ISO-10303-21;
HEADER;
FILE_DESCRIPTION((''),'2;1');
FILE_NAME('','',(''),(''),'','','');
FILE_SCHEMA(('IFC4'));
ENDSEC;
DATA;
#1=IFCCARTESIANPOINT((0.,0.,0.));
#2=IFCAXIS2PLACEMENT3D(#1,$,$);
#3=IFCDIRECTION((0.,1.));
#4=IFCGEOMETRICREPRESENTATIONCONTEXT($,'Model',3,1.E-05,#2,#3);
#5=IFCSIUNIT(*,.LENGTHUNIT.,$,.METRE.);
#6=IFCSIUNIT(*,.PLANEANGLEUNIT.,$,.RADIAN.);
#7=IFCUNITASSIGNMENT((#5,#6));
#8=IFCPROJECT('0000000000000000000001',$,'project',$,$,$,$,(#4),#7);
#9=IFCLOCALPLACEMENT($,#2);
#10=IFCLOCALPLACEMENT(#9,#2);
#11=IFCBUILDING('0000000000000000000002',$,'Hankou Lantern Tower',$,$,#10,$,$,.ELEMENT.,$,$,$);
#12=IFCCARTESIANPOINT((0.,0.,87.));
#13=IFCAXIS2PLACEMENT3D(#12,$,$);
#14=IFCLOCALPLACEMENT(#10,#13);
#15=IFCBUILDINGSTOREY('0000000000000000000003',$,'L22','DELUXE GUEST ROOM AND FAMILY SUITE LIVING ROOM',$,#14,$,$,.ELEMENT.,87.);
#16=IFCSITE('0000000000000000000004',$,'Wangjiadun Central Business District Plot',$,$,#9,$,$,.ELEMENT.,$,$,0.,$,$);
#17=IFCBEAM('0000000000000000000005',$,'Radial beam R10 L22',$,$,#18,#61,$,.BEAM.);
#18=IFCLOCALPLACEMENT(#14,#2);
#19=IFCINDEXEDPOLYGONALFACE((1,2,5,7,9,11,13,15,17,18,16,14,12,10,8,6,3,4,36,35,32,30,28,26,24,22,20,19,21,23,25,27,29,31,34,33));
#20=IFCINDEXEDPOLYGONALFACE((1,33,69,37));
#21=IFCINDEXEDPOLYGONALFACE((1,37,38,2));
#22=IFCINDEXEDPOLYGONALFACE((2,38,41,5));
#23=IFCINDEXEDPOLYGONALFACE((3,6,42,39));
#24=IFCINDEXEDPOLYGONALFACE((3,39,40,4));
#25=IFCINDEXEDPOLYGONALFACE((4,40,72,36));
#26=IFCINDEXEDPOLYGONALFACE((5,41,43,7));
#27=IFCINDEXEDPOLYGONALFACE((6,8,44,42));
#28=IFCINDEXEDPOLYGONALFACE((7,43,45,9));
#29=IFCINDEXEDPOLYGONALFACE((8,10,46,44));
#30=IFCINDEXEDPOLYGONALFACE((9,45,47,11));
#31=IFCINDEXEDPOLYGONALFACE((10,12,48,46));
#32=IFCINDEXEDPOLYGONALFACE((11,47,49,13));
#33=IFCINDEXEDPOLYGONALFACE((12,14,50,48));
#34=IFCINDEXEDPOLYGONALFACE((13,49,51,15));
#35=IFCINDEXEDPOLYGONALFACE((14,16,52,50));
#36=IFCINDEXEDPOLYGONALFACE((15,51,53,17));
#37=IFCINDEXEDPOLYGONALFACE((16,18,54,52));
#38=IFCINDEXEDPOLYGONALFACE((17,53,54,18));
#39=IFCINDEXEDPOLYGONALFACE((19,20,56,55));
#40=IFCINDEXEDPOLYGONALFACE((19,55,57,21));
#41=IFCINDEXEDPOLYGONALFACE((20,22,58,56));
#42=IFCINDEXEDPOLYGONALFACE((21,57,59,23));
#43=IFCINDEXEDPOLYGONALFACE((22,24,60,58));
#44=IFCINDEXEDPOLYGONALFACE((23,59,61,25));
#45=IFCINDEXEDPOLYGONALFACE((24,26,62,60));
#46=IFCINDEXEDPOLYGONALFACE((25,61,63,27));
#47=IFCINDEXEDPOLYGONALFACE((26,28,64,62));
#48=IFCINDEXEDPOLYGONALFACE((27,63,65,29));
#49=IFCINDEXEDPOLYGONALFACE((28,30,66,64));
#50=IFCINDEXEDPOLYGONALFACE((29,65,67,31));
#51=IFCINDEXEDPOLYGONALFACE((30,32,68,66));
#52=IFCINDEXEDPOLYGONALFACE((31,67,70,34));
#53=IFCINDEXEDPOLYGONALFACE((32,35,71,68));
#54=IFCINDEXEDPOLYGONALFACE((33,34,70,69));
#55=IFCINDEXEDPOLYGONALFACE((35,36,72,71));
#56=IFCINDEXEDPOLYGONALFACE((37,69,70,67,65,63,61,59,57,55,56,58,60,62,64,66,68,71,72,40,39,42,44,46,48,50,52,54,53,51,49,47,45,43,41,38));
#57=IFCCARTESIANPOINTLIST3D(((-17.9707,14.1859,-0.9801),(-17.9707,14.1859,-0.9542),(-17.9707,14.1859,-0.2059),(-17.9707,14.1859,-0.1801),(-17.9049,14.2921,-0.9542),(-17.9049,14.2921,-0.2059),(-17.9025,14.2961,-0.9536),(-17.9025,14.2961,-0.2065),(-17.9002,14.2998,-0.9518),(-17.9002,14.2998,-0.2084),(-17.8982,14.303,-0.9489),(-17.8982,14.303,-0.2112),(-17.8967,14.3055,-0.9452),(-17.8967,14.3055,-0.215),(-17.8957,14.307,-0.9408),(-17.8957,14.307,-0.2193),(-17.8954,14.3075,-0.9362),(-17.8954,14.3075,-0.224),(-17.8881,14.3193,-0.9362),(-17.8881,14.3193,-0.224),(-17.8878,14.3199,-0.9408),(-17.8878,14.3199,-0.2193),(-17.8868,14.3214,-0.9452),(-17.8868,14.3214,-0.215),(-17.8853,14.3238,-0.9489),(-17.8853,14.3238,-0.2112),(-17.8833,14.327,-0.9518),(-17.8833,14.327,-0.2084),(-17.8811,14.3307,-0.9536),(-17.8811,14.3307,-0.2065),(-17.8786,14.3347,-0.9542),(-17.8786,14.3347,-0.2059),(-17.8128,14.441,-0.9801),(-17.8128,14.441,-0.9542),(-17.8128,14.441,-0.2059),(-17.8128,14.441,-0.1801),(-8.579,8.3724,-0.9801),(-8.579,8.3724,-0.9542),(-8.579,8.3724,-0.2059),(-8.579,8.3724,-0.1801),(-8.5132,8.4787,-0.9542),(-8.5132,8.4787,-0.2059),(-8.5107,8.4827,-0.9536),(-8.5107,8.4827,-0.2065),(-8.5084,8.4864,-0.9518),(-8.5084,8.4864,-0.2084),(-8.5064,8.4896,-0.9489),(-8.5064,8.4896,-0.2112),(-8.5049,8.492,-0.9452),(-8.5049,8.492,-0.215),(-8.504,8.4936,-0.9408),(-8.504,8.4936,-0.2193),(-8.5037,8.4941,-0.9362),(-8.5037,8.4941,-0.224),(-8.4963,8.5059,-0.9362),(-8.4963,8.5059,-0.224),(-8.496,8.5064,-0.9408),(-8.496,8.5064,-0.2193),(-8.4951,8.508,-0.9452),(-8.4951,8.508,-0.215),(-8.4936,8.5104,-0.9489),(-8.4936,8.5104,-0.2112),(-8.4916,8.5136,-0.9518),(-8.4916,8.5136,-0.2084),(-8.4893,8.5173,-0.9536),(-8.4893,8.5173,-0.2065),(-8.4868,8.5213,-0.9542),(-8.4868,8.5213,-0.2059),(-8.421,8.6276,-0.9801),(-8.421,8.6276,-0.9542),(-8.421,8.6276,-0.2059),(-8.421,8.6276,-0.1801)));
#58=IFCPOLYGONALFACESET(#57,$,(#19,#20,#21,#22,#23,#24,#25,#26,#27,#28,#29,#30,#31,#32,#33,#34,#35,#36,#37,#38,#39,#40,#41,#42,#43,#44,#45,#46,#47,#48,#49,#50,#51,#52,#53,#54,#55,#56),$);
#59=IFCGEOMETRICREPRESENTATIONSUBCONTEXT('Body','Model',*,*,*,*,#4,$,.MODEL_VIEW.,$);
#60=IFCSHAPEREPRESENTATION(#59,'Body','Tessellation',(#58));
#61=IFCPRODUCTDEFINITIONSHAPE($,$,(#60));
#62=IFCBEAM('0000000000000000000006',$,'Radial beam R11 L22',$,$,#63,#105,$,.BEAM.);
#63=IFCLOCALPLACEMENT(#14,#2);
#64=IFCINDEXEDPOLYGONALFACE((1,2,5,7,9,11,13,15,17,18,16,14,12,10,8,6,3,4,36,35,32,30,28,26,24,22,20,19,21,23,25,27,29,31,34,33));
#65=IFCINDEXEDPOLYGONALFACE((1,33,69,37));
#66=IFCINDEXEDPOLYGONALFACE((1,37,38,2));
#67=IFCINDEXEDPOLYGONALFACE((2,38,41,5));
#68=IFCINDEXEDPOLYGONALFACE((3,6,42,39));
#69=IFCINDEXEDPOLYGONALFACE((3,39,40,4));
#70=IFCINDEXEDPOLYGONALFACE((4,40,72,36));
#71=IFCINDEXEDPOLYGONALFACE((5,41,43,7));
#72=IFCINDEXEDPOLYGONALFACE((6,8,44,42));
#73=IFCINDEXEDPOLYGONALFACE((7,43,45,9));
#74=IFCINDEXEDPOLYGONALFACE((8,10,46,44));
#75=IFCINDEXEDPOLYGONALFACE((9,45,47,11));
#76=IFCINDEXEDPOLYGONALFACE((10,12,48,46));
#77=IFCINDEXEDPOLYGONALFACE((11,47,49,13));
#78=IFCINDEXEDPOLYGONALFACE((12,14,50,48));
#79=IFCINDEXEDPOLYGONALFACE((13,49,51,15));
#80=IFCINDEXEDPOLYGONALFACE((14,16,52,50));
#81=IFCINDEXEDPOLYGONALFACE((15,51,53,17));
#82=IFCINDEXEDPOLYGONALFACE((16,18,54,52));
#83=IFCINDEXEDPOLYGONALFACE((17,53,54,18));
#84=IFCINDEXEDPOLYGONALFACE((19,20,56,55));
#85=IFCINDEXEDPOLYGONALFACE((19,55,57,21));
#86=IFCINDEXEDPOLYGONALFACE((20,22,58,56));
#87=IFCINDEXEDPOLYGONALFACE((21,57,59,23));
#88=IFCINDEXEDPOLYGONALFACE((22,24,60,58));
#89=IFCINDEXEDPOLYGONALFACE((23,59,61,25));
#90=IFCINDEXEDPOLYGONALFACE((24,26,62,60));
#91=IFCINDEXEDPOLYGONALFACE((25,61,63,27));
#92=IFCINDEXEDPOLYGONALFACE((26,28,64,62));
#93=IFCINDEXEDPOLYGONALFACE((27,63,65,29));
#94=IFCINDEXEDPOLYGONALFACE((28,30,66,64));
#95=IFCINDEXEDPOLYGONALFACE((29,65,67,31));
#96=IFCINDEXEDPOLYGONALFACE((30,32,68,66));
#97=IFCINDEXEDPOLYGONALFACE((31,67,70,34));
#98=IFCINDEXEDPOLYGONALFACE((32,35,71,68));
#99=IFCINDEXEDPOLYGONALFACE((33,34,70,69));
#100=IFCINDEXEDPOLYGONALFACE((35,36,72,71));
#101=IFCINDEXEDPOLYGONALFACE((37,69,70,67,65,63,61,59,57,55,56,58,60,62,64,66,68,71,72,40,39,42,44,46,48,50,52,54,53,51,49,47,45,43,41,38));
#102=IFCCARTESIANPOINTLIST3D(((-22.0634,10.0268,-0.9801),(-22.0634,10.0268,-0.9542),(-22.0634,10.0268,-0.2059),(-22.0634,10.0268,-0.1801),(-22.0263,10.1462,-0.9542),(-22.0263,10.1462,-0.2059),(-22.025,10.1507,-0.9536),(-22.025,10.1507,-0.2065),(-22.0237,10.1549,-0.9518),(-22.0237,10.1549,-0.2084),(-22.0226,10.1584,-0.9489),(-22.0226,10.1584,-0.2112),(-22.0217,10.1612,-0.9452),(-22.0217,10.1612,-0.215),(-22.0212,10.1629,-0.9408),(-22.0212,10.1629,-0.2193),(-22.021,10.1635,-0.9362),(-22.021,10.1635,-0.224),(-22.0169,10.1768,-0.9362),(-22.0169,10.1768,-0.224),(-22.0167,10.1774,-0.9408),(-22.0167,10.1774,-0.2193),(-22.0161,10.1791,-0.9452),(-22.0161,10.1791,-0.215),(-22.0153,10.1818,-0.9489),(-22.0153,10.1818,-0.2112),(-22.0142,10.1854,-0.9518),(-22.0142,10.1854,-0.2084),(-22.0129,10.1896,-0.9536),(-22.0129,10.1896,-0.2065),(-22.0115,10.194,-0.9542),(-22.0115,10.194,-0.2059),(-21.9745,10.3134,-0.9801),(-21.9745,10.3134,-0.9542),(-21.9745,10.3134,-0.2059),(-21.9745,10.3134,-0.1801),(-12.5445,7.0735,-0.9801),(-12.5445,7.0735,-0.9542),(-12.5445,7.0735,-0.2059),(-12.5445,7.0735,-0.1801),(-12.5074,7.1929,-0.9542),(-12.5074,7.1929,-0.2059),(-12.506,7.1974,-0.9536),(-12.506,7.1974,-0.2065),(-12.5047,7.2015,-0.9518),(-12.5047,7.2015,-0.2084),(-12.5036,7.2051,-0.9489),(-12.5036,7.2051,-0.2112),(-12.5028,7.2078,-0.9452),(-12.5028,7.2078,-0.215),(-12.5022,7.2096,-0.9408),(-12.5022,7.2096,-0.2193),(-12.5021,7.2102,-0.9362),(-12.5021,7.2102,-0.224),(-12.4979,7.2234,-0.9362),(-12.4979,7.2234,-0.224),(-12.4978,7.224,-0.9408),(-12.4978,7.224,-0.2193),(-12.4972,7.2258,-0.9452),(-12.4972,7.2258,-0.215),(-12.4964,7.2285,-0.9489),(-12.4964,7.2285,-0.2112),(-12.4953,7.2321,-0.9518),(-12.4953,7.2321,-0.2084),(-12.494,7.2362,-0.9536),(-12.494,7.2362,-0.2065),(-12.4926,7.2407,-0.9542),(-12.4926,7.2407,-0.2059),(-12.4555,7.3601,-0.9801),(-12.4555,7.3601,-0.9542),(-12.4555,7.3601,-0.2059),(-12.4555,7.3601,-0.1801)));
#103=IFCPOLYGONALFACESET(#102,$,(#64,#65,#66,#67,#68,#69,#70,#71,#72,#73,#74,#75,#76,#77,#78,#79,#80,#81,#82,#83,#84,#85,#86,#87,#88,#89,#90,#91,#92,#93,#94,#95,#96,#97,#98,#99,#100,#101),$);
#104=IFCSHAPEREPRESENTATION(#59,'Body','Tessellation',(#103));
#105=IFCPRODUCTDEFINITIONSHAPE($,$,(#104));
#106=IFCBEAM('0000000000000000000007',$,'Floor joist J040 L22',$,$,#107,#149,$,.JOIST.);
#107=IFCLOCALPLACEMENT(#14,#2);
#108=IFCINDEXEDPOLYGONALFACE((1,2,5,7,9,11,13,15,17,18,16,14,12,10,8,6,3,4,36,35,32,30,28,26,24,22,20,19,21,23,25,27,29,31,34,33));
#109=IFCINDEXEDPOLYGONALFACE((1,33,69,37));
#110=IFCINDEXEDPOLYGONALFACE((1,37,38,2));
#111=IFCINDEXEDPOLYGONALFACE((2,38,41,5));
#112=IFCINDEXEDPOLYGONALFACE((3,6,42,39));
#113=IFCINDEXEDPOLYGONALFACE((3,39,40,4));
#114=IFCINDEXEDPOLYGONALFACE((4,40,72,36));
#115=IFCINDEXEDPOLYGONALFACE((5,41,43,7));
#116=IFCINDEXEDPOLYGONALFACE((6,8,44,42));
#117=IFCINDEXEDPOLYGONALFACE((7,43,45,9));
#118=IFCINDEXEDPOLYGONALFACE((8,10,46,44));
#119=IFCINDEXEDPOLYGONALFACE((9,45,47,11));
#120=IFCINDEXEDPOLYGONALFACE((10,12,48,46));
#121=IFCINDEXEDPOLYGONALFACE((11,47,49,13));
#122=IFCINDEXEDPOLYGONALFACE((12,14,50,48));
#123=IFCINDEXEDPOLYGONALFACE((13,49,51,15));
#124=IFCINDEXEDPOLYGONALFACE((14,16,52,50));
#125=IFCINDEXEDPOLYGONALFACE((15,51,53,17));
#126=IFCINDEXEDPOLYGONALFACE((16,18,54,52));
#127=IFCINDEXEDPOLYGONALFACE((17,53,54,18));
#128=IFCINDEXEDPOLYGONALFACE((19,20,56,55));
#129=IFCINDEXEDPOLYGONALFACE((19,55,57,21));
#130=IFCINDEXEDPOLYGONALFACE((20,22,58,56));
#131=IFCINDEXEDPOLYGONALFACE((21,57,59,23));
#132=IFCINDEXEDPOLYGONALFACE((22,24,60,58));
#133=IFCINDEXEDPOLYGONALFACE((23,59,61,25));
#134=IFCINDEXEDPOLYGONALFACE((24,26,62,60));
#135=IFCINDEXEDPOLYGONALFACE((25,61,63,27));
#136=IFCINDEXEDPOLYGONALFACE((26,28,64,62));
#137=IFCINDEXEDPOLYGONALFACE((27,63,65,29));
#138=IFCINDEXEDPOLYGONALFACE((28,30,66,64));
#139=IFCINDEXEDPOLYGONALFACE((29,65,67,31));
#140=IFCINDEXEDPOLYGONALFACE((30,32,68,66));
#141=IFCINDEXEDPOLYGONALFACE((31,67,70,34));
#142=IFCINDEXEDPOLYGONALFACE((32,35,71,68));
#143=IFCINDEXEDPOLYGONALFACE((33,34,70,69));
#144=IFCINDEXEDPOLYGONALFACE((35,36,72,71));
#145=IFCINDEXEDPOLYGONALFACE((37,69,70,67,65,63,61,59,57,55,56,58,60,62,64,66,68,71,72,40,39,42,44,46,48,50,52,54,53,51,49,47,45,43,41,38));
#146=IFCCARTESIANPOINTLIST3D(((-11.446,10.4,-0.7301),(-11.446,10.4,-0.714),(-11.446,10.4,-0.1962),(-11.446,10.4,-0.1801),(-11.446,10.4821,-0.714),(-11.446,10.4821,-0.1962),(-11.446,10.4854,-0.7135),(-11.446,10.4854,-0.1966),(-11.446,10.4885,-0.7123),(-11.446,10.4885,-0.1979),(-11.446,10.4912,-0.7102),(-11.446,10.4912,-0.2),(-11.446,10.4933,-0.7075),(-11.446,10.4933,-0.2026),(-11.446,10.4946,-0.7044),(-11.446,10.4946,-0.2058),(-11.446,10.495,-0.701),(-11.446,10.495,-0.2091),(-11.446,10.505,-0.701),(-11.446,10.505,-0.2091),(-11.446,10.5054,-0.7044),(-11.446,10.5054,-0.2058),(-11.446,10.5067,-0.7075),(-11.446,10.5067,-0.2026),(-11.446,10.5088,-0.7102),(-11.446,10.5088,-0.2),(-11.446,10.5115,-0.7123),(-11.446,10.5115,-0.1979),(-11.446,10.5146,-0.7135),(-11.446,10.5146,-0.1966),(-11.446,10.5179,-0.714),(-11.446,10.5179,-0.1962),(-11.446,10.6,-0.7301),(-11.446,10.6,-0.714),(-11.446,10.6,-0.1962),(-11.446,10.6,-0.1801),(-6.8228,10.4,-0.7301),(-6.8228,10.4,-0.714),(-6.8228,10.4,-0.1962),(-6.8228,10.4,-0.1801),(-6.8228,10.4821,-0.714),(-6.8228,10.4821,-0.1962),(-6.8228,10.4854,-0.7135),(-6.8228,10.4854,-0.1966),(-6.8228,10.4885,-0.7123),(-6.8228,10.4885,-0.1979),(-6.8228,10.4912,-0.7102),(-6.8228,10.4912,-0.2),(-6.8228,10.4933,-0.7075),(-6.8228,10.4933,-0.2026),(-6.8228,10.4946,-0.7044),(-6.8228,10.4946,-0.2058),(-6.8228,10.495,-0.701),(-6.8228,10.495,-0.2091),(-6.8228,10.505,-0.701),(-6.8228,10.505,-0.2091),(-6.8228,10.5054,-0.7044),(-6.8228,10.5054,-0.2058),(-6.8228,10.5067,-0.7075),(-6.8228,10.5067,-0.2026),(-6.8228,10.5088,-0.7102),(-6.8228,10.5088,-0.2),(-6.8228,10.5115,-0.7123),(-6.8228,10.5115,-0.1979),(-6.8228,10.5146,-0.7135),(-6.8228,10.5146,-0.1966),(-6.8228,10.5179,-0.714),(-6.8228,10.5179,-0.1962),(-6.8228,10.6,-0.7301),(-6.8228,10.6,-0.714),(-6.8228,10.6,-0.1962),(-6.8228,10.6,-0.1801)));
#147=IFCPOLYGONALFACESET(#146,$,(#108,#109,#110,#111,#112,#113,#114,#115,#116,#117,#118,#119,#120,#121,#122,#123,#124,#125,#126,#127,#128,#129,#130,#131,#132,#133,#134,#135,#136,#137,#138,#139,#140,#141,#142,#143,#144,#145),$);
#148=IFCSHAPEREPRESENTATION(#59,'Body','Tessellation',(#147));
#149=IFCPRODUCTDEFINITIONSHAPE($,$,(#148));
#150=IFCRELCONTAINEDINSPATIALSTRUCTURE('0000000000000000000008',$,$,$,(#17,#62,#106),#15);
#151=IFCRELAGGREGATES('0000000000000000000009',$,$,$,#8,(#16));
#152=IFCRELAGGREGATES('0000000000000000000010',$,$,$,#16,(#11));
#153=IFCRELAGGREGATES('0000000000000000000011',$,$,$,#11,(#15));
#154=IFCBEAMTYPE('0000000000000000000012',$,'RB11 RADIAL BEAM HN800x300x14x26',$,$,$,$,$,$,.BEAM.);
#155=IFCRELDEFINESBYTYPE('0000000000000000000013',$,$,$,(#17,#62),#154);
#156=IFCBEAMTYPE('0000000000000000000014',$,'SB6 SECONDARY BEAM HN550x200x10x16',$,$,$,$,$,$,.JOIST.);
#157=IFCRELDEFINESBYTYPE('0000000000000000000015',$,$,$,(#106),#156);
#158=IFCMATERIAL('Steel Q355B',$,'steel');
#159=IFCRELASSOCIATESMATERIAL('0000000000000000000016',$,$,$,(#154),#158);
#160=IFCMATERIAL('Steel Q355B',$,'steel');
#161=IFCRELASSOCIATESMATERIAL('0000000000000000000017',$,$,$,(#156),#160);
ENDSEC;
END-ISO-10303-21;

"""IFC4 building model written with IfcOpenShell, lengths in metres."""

from ifc_helpers import new_model, si_unit, direction, frame, origin, origin_2d, place, context, subcontext, project, spatial, i_section, extrude, material, material_profile, profile_set, type_object, element, save


model = new_model("IFC4")

# Units and contexts
model_context = context("Model", 3, precision=1e-05, world=origin(), true_north=direction((0.0, 1.0)))
body_context = subcontext(model_context, "Body", "Model", "MODEL_VIEW")
ifc_project = project(units=[si_unit("LENGTHUNIT", "METRE"), si_unit("PLANEANGLEUNIT", "RADIAN")], contexts=[model_context])

# Site, building, storey
site_placement = place(None, origin())
site = spatial("IfcSite", under=ifc_project, at=site_placement, Name="Wangjiadun Central Business District Plot", CompositionType="ELEMENT", RefElevation=0.0)
building_placement = place(site_placement, origin())
building = spatial("IfcBuilding", under=site, at=building_placement, Name="Hankou Lantern Tower", CompositionType="ELEMENT")
storey_placement = place(building_placement, frame((0.0, 0.0, 87.0)))
storey = spatial("IfcBuildingStorey", under=building, at=storey_placement, Name="L22", Description="DELUXE GUEST ROOM AND FAMILY SUITE LIVING ROOM", CompositionType="ELEMENT", Elevation=87.0)

# Beams
ifc_material_1 = material(Name="Steel Q355B", Category="steel")
ifc_material_profile_1 = material_profile(ifc_material_1, i_section(OverallWidth=0.3, OverallDepth=0.8, WebThickness=0.0139, FlangeThickness=0.0259, FilletRadius=0.0181, at=origin_2d()), Name="HN800x300x14x26")
ifc_profile_set_1 = profile_set([ifc_material_profile_1], Name="Steel Q355B")
beam_type_1 = type_object("IfcBeamType", Name="RB11 RADIAL BEAM HN800x300x14x26", PredefinedType="BEAM", material=ifc_profile_set_1)
beam_1_placement = place(storey_placement, frame((-8.5, 8.5, -0.5801), z_axis=(-0.850286, 0.52632, 0.0), x_axis=(-0.52632, -0.850286, 0.0)))
element("IfcBeam", 1, at=beam_1_placement, inside=storey, type_object=beam_type_1, Name="Radial beam R10 L22", PredefinedType="BEAM", context=body_context, shape_type="SweptSolid", body=[
    extrude(i_section(OverallWidth=0.3, OverallDepth=0.8, WebThickness=0.0139, FlangeThickness=0.0259, FilletRadius=0.0181, at=origin_2d()), origin(), (0.0, 0.0, 1.0), 11.0454),
])
beam_2_placement = place(storey_placement, frame((-12.5, 7.2168, -0.5801), z_axis=(-0.955087, 0.296324, 0.0), x_axis=(-0.296324, -0.955087, 0.0)))
element("IfcBeam", 2, at=beam_2_placement, inside=storey, type_object=beam_type_1, Name="Radial beam R11 L22", PredefinedType="BEAM", context=body_context, shape_type="SweptSolid", body=[
    extrude(i_section(OverallWidth=0.3, OverallDepth=0.8, WebThickness=0.0139, FlangeThickness=0.0259, FilletRadius=0.0181, at=origin_2d()), origin(), (0.0, 0.0, 1.0), 9.9666),
])
ifc_material_2 = material(Name="Steel Q355B", Category="steel")
ifc_material_profile_2 = material_profile(ifc_material_2, i_section(OverallWidth=0.2, OverallDepth=0.55, WebThickness=0.01, FlangeThickness=0.0161, FilletRadius=0.0129, at=origin_2d()), Name="HN550x200x10x16")
ifc_profile_set_2 = profile_set([ifc_material_profile_2], Name="Steel Q355B")
beam_type_2 = type_object("IfcBeamType", Name="SB6 SECONDARY BEAM HN550x200x10x16", PredefinedType="JOIST", material=ifc_profile_set_2)
beam_3_placement = place(storey_placement, frame((-11.446, 10.5, -0.4551), z_axis=(1.0, 0.0, 0.0), x_axis=(0.0, 1.0, 0.0)))
element("IfcBeam", 3, at=beam_3_placement, inside=storey, type_object=beam_type_2, Name="Floor joist J040 L22", PredefinedType="JOIST", context=body_context, shape_type="SweptSolid", body=[
    extrude(i_section(OverallWidth=0.2, OverallDepth=0.55, WebThickness=0.01, FlangeThickness=0.0161, FilletRadius=0.0129, at=origin_2d()), origin(), (0.0, 0.0, 1.0), 4.6233),
])

save(model, "model.ifc")
